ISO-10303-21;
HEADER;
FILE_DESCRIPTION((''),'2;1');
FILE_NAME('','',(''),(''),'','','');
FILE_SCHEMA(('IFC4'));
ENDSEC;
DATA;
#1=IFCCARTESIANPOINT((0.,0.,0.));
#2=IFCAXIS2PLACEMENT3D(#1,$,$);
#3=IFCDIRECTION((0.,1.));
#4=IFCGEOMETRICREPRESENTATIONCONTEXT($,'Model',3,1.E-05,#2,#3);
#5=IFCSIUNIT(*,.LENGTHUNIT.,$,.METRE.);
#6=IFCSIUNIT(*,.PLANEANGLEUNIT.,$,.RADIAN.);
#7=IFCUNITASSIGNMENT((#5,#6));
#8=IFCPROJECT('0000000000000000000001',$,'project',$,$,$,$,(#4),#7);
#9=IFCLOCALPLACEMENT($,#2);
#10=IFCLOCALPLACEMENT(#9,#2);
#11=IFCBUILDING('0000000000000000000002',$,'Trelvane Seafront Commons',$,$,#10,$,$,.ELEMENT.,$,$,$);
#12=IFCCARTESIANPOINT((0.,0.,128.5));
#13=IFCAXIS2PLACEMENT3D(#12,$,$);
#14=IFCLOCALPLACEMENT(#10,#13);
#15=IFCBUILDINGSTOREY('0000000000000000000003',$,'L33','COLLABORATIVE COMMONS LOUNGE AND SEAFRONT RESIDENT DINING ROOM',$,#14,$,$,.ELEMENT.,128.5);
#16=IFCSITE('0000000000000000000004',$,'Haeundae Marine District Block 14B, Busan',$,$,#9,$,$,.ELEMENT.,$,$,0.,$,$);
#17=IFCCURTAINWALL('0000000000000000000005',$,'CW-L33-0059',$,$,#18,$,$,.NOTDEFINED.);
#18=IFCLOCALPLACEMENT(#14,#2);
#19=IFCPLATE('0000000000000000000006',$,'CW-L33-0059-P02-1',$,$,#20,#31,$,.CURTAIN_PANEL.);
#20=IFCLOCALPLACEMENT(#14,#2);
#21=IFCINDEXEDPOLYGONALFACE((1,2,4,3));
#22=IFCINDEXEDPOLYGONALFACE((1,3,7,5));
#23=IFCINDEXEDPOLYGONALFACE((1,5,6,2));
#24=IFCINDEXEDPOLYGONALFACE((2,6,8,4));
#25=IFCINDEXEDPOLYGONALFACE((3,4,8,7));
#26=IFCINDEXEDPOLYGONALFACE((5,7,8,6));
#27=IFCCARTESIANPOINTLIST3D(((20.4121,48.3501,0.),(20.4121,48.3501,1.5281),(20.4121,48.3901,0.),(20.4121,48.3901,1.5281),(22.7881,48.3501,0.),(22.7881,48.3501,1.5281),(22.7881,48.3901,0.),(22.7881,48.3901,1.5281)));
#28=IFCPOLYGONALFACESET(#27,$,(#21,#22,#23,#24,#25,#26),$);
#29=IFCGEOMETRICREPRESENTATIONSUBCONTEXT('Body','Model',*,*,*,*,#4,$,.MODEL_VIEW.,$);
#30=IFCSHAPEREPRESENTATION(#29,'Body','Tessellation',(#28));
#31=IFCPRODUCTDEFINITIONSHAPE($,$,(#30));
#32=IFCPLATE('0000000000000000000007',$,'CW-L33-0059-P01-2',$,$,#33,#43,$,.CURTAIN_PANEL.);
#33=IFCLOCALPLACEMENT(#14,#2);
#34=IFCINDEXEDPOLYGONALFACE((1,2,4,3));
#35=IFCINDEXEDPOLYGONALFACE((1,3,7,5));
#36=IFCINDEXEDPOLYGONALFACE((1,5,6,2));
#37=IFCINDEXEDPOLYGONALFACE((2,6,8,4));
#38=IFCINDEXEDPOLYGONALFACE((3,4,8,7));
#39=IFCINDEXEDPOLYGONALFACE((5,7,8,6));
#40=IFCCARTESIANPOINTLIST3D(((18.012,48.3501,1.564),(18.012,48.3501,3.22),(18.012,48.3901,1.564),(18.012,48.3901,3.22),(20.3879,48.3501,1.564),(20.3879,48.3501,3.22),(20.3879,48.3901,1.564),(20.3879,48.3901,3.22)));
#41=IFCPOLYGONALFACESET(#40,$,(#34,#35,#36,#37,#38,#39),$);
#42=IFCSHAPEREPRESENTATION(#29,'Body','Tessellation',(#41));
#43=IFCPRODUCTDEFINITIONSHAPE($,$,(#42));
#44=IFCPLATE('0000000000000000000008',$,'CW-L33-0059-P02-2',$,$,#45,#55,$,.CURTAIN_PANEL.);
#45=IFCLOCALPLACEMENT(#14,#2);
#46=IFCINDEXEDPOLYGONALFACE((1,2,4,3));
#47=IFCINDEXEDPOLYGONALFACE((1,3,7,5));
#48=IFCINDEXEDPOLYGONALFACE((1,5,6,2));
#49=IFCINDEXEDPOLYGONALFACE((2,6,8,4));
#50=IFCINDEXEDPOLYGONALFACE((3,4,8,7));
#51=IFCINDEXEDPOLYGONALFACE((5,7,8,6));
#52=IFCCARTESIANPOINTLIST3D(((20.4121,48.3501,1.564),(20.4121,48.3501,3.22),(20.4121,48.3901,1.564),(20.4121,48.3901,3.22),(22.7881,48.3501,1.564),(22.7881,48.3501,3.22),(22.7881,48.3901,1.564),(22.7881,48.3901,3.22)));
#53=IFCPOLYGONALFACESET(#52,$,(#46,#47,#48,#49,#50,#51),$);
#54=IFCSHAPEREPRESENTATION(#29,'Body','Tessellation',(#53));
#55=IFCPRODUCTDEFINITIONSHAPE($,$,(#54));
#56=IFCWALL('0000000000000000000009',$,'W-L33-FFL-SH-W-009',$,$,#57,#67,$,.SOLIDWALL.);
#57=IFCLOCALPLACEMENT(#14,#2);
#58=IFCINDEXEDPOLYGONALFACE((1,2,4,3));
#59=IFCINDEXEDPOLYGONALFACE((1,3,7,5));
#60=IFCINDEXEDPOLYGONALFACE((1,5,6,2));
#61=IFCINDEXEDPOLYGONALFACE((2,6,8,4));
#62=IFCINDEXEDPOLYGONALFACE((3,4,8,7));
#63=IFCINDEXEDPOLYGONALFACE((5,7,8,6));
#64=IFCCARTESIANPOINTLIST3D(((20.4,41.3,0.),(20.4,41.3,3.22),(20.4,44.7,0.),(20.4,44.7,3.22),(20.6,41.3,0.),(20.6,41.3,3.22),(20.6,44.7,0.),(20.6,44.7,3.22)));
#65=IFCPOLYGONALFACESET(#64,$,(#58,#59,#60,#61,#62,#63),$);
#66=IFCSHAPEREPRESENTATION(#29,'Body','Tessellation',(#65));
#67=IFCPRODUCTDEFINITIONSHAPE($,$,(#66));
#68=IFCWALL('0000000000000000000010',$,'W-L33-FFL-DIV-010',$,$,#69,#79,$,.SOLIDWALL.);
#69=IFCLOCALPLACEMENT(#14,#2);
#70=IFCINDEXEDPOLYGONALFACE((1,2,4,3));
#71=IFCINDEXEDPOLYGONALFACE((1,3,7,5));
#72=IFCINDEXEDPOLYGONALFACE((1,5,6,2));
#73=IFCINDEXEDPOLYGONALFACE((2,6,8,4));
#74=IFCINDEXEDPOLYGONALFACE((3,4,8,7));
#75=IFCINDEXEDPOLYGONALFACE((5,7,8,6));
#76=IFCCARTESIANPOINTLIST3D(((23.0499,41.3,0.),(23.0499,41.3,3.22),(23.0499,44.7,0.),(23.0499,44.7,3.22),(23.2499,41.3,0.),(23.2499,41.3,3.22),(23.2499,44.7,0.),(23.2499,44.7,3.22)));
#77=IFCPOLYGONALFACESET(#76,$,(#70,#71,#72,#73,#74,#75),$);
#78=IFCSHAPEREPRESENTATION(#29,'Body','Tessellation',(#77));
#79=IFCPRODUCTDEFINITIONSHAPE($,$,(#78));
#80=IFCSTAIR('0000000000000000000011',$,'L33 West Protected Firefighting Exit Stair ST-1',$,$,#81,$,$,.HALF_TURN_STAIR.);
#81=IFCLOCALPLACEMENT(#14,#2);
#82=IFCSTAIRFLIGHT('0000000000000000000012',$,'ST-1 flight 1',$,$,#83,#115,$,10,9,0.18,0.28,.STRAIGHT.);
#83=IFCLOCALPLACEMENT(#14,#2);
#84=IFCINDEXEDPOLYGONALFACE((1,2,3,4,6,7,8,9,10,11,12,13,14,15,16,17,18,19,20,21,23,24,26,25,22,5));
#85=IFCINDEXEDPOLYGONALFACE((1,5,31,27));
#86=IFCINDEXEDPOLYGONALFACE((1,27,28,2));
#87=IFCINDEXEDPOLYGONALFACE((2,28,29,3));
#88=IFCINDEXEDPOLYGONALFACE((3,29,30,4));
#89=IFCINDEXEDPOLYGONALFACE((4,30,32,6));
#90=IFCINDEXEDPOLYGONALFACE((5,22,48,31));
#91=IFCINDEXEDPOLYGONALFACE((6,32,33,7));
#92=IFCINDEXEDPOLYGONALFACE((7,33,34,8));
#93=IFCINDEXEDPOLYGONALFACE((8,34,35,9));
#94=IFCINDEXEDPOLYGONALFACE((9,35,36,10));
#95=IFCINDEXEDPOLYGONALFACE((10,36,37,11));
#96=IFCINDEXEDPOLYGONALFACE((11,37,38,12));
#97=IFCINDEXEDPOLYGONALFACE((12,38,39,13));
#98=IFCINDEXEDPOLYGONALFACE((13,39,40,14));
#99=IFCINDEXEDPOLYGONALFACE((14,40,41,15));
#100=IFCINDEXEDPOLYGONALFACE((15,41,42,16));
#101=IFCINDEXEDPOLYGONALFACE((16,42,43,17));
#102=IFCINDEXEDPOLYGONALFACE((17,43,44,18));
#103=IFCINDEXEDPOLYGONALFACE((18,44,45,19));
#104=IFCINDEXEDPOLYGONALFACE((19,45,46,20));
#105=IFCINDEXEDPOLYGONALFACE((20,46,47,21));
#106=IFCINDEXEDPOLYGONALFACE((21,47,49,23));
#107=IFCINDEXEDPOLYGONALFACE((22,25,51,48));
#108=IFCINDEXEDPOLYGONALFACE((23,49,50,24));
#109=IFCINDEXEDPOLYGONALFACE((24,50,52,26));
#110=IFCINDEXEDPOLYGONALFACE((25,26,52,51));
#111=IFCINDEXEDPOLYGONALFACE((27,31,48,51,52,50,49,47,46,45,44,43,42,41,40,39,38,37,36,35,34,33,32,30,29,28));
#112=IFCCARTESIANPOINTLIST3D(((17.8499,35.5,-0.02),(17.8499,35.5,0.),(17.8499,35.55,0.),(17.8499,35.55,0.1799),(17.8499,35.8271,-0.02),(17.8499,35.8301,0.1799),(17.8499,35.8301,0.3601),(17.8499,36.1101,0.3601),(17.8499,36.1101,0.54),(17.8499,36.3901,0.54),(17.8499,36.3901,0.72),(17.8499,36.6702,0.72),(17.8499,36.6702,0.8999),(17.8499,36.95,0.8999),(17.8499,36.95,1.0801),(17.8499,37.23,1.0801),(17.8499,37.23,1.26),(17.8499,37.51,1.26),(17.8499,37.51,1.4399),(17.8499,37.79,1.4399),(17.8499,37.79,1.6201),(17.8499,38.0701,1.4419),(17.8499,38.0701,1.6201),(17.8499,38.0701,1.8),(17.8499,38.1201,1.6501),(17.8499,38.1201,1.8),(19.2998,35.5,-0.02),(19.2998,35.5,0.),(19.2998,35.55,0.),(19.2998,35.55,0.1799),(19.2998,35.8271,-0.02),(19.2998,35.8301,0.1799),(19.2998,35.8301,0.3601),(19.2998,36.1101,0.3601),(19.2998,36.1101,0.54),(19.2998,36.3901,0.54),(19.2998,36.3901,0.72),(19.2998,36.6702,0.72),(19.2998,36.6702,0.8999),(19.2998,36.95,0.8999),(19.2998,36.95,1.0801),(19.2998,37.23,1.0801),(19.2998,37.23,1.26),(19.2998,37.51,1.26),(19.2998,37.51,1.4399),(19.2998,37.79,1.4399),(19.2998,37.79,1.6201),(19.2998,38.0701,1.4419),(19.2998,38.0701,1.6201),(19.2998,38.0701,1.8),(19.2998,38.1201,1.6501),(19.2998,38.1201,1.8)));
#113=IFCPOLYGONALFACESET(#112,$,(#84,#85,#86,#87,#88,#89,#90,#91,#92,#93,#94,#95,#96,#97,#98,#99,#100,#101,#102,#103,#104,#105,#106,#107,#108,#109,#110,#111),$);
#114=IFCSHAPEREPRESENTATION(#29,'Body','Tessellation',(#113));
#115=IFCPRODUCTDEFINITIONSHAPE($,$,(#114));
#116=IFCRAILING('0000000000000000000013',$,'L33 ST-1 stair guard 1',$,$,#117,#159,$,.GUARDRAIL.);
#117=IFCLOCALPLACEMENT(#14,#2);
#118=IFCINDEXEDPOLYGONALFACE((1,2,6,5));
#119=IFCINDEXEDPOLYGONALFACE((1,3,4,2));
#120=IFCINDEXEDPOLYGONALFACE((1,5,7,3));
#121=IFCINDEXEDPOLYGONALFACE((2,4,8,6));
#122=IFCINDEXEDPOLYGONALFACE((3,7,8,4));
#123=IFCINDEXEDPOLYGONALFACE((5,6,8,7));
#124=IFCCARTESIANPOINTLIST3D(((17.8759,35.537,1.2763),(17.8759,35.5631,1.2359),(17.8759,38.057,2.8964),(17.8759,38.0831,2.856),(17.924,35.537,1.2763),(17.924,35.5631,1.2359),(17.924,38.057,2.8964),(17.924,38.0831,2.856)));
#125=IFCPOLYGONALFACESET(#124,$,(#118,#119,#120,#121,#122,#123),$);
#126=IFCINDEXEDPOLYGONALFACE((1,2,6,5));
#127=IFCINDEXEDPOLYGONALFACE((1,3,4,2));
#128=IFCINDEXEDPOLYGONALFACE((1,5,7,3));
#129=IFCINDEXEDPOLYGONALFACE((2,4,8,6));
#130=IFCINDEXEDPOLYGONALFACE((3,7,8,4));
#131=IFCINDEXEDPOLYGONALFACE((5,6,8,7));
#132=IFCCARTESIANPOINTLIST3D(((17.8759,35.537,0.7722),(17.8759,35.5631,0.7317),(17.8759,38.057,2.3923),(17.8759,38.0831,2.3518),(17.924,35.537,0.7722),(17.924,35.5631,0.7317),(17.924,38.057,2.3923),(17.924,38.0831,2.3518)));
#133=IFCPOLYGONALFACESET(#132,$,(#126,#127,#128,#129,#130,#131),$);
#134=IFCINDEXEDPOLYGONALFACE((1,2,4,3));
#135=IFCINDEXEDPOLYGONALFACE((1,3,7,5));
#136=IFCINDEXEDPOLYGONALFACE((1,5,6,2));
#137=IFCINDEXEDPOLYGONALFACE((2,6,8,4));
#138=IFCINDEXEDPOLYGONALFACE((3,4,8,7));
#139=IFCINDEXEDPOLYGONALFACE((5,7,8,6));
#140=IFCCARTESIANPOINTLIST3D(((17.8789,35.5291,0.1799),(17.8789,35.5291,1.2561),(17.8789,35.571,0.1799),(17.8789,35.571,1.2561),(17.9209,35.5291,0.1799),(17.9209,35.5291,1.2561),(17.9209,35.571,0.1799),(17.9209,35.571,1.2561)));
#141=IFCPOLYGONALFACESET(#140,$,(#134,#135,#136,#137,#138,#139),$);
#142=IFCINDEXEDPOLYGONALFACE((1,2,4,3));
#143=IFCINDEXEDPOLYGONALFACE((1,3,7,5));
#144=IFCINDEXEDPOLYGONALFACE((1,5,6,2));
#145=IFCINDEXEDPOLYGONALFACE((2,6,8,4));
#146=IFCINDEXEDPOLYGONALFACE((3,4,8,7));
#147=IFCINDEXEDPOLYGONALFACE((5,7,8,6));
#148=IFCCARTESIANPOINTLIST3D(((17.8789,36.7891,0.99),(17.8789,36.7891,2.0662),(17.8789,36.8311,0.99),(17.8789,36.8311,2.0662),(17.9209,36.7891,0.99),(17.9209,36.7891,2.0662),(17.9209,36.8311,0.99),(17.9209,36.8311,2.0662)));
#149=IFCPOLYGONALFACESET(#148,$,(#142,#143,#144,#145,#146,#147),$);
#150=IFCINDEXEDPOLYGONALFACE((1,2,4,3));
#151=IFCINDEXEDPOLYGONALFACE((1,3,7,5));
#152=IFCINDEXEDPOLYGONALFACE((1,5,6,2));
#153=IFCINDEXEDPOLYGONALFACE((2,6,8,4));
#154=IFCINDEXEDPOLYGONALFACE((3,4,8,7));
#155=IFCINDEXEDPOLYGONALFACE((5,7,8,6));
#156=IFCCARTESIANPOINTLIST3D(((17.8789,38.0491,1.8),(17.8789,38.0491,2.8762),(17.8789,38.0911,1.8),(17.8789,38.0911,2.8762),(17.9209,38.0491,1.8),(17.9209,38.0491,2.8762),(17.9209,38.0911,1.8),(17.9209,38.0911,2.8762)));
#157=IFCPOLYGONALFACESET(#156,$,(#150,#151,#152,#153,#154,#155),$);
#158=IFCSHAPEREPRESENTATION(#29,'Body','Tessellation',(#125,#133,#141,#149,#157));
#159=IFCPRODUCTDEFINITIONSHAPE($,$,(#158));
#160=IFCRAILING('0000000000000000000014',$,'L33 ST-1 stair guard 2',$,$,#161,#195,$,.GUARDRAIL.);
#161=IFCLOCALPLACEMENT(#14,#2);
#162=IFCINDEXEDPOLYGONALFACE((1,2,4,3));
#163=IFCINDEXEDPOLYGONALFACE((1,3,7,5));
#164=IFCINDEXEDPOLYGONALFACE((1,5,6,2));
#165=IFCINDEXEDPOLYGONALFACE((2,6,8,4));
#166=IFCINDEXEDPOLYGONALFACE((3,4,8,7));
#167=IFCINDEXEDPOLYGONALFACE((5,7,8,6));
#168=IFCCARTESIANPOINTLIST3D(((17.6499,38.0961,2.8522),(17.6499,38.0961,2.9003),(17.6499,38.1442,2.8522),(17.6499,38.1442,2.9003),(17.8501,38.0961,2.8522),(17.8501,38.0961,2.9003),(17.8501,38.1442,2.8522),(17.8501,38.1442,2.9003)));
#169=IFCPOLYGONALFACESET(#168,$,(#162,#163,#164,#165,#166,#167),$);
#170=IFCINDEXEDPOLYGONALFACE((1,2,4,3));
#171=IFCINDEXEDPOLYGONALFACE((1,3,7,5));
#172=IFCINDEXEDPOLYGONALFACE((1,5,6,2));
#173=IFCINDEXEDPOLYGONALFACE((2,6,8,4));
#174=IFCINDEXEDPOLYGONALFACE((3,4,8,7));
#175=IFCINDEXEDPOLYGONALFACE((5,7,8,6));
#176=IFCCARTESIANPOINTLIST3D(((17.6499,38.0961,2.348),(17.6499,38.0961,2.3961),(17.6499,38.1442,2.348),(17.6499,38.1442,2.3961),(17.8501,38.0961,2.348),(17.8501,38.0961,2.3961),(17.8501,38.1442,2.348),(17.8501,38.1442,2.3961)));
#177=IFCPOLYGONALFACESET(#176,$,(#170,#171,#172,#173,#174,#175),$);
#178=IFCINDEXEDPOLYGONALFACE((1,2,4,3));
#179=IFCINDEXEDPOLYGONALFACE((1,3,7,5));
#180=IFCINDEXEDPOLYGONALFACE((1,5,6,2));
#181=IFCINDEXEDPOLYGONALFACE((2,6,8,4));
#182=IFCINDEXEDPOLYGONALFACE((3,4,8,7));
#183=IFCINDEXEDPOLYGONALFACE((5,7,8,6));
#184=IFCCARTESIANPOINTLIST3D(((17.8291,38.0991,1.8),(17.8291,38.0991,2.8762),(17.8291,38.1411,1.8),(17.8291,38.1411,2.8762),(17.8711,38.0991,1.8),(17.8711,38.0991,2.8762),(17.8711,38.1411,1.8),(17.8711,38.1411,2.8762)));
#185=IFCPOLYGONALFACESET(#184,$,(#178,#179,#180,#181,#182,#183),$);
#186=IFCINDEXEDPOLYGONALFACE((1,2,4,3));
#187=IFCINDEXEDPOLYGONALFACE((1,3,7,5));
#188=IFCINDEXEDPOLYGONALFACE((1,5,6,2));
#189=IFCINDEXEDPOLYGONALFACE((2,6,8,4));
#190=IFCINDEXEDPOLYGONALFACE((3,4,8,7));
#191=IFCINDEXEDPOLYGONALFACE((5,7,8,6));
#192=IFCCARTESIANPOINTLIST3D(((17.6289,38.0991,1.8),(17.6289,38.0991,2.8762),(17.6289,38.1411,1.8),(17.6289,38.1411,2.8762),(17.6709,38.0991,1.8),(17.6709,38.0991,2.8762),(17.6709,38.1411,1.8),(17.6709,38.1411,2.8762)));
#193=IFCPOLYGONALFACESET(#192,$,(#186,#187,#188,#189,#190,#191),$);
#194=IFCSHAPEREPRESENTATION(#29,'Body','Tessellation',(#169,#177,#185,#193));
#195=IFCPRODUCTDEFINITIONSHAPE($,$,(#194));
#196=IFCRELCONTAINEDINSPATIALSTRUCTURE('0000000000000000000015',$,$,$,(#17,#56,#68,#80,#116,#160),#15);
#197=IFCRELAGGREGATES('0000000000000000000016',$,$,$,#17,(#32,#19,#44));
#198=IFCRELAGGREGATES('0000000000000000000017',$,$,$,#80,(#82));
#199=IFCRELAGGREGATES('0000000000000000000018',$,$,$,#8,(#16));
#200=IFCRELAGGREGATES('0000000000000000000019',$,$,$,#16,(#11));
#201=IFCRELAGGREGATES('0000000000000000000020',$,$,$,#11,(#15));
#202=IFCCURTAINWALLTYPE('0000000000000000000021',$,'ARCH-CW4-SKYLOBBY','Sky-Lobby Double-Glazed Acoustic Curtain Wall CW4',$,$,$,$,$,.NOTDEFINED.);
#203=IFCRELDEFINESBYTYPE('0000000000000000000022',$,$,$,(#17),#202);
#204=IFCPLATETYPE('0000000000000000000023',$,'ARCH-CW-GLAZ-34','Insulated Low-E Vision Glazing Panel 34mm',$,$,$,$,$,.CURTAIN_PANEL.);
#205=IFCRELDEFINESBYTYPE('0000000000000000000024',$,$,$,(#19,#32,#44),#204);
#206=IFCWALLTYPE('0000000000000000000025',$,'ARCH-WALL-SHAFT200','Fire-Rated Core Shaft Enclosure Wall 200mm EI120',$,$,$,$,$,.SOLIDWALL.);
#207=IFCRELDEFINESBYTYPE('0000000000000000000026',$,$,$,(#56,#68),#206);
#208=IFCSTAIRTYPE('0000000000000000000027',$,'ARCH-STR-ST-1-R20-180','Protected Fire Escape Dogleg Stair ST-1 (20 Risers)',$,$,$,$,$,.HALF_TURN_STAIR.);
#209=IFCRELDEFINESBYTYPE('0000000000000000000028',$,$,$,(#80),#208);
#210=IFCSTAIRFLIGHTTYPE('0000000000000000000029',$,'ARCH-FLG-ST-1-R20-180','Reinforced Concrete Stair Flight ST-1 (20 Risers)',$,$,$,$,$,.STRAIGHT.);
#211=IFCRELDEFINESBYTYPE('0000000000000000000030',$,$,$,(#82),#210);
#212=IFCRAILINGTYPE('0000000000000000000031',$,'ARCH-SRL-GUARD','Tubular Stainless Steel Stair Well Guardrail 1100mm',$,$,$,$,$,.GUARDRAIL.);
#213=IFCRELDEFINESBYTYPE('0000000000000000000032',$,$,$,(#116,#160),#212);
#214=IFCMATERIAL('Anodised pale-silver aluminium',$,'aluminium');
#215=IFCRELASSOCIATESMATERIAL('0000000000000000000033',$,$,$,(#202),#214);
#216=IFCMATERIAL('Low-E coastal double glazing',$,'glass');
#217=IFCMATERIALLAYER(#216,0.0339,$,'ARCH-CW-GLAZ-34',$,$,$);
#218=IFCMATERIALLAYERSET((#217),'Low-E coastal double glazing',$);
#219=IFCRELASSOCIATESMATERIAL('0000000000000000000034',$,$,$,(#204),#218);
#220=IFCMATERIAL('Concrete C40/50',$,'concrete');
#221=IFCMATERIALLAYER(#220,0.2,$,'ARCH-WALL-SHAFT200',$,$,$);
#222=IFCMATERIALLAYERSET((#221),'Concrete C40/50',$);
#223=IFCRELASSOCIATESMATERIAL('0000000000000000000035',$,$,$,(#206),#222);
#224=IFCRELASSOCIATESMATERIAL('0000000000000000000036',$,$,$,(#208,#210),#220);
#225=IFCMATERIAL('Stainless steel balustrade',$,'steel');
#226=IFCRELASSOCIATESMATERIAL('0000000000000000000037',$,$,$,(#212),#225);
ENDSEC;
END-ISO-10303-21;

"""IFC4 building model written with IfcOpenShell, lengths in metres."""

from ifc_helpers import new_model, si_unit, direction, frame, frame_2d, origin, origin_2d, place, context, subcontext, project, spatial, polyline, rectangle, outline, extrude, source, transform, mapped, material, layer, layer_set, type_object, element, aggregate, save


model = new_model("IFC4")

# Units and contexts
model_context = context("Model", 3, precision=1e-05, world=origin(), true_north=direction((0.0, 1.0)))
body_context = subcontext(model_context, "Body", "Model", "MODEL_VIEW")
ifc_project = project(units=[si_unit("LENGTHUNIT", "METRE"), si_unit("PLANEANGLEUNIT", "RADIAN")], contexts=[model_context])

# Site, building, storey
site_placement = place(None, origin())
site = spatial("IfcSite", under=ifc_project, at=site_placement, Name="Haeundae Marine District Block 14B, Busan", CompositionType="ELEMENT", RefElevation=0.0)
building_placement = place(site_placement, origin())
building = spatial("IfcBuilding", under=site, at=building_placement, Name="Trelvane Seafront Commons", CompositionType="ELEMENT")
storey_placement = place(building_placement, frame((0.0, 0.0, 128.5)))
storey = spatial("IfcBuildingStorey", under=building, at=storey_placement, Name="L33", Description="COLLABORATIVE COMMONS LOUNGE AND SEAFRONT RESIDENT DINING ROOM", CompositionType="ELEMENT", Elevation=128.5)

# Curtain wall
ifc_material_1 = material(Name="Anodised pale-silver aluminium", Category="aluminium")
curtain_wall_type = type_object("IfcCurtainWallType", Name="ARCH-CW4-SKYLOBBY", Description="Sky-Lobby Double-Glazed Acoustic Curtain Wall CW4", PredefinedType="NOTDEFINED", material=ifc_material_1)
curtain_wall_placement = place(storey_placement, origin())
curtain_wall = element("IfcCurtainWall", 1, at=curtain_wall_placement, inside=storey, type_object=curtain_wall_type, Name="CW-L33-0059", PredefinedType="NOTDEFINED")

# Plates
ifc_material_2 = material(Name="Low-E coastal double glazing", Category="glass")
ifc_layer_1 = layer(ifc_material_2, 0.0339, Name="ARCH-CW-GLAZ-34")
ifc_layer_set_1 = layer_set([ifc_layer_1], Name="Low-E coastal double glazing")
plate_type_1 = type_object("IfcPlateType", Name="ARCH-CW-GLAZ-34", Description="Insulated Low-E Vision Glazing Panel 34mm", PredefinedType="CURTAIN_PANEL", material=ifc_layer_set_1)
shared_shape_1 = source(origin(), body_context, "Body", "SweptSolid", [
    extrude(rectangle(XDim=2.376, YDim=0.04, at=origin_2d()), origin(), (0.0, 0.0, 1.0), 1.5281),
])
plate_1_placement = place(storey_placement, frame((21.6001, 48.3701, 0.0), z_axis=(0.0, 0.0, 1.0), x_axis=(1.0, 0.0, 0.0)))
plate_1 = element("IfcPlate", 2, at=plate_1_placement, type_object=plate_type_1, Name="CW-L33-0059-P02-1", PredefinedType="CURTAIN_PANEL", context=body_context, shape_type="MappedRepresentation", body=[
    mapped(shared_shape_1, transform((0.0, 0.0, 0.0), x_axis=(1.0, 0.0, 0.0), y_axis=(0.0, 1.0, 0.0), z_axis=(0.0, 0.0, 1.0), scale=1.0)),
])
shared_shape_2 = source(origin(), body_context, "Body", "SweptSolid", [
    extrude(rectangle(XDim=2.376, YDim=0.04, at=origin_2d()), origin(), (0.0, 0.0, 1.0), 1.656),
])
plate_2_placement = place(storey_placement, frame((19.2, 48.3701, 1.564), z_axis=(0.0, 0.0, 1.0), x_axis=(1.0, 0.0, 0.0)))
plate_2 = element("IfcPlate", 3, at=plate_2_placement, type_object=plate_type_1, Name="CW-L33-0059-P01-2", PredefinedType="CURTAIN_PANEL", context=body_context, shape_type="MappedRepresentation", body=[
    mapped(shared_shape_2, transform((0.0, 0.0, 0.0), x_axis=(1.0, 0.0, 0.0), y_axis=(0.0, 1.0, 0.0), z_axis=(0.0, 0.0, 1.0), scale=1.0)),
])
plate_3_placement = place(storey_placement, frame((21.6001, 48.3701, 1.564), z_axis=(0.0, 0.0, 1.0), x_axis=(1.0, 0.0, 0.0)))
plate_3 = element("IfcPlate", 4, at=plate_3_placement, type_object=plate_type_1, Name="CW-L33-0059-P02-2", PredefinedType="CURTAIN_PANEL", context=body_context, shape_type="MappedRepresentation", body=[
    mapped(shared_shape_2, transform((0.0, 0.0, 0.0), x_axis=(1.0, 0.0, 0.0), y_axis=(0.0, 1.0, 0.0), z_axis=(0.0, 0.0, 1.0), scale=1.0)),
])
aggregate(curtain_wall, [plate_2, plate_1, plate_3])

# Shared definitions
ifc_material_3 = material(Name="Concrete C40/50", Category="concrete")
ifc_layer_2 = layer(ifc_material_3, 0.2, Name="ARCH-WALL-SHAFT200")
ifc_layer_set_2 = layer_set([ifc_layer_2], Name="Concrete C40/50")
wall_type = type_object("IfcWallType", Name="ARCH-WALL-SHAFT200", Description="Fire-Rated Core Shaft Enclosure Wall 200mm EI120", PredefinedType="SOLIDWALL", material=ifc_layer_set_2)
ifc_material_4 = material(Name="Stainless steel balustrade", Category="steel")

# Walls
for number, where, z_axis, x_axis, name in (
    (5, (20.5, 41.3, 0.0), (0.0, 0.0, 1.0), (0.0, 1.0, 0.0), "W-L33-FFL-SH-W-009"),
    (6, (23.1499, 41.3, 0.0), (0.0, 0.0, 1.0), (0.0, 1.0, 0.0), "W-L33-FFL-DIV-010"),
):
    element("IfcWall", number, at=place(storey_placement, frame(where, z_axis=z_axis, x_axis=x_axis)), inside=storey, type_object=wall_type, Name=name, PredefinedType="SOLIDWALL", context=body_context, shape_type="SweptSolid", body=[
        extrude(rectangle(XDim=3.3999, YDim=0.2, at=frame_2d((1.7, 0.0))), origin(), (0.0, 0.0, 1.0), 3.22),
    ])

# Stair, stair flight
stair_type = type_object("IfcStairType", Name="ARCH-STR-ST-1-R20-180", Description="Protected Fire Escape Dogleg Stair ST-1 (20 Risers)", PredefinedType="HALF_TURN_STAIR", material=ifc_material_3)
stair_placement = place(storey_placement, origin())
stair = element("IfcStair", 7, at=stair_placement, inside=storey, type_object=stair_type, Name="L33 West Protected Firefighting Exit Stair ST-1", PredefinedType="HALF_TURN_STAIR")
stair_flight_type = type_object("IfcStairFlightType", Name="ARCH-FLG-ST-1-R20-180", Description="Reinforced Concrete Stair Flight ST-1 (20 Risers)", PredefinedType="STRAIGHT", material=ifc_material_3)
shared_shape_3 = source(origin(), body_context, "Body", "SweptSolid", [
    extrude(outline(polyline([(-0.05, -0.02), (-0.05, 0.0), (0.0, 0.0), (0.0, 0.1799), (0.28, 0.1799), (0.28, 0.3601), (0.5601, 0.3601), (0.5601, 0.54), (0.8401, 0.54), (0.8401, 0.72), (1.1201, 0.72), (1.1201, 0.8999), (1.3999, 0.8999), (1.3999, 1.0801), (1.6799, 1.0801), (1.6799, 1.26), (1.96, 1.26), (1.96, 1.4399), (2.24, 1.4399), (2.24, 1.6201), (2.52, 1.6201), (2.52, 1.8), (2.5701, 1.8), (2.5701, 1.6501), (2.52, 1.4419), (0.2771, -0.02), (-0.05, -0.02)])), frame((0.0, 0.7251, 0.0), z_axis=(0.0, -1.0, 0.0), x_axis=(1.0, 0.0, 0.0)), (0.0, 0.0, 1.0), 1.45),
])
stair_flight_placement = place(storey_placement, frame((18.575, 35.55, 0.0), z_axis=(0.0, 0.0, 1.0), x_axis=(0.0, 1.0, 0.0)))
stair_flight = element("IfcStairFlight", 8, at=stair_flight_placement, type_object=stair_flight_type, Name="ST-1 flight 1", NumberOfRisers=10, NumberOfTreads=9, PredefinedType="STRAIGHT", RiserHeight=0.18, TreadLength=0.28, context=body_context, shape_type="MappedRepresentation", body=[
    mapped(shared_shape_3, transform((0.0, 0.0, 0.0), x_axis=(1.0, 0.0, 0.0), y_axis=(0.0, 1.0, 0.0), z_axis=(0.0, 0.0, 1.0), scale=1.0)),
])
aggregate(stair, [stair_flight])

# Railings
railing_type_1 = type_object("IfcRailingType", Name="ARCH-SRL-GUARD", Description="Tubular Stainless Steel Stair Well Guardrail 1100mm", PredefinedType="GUARDRAIL", material=ifc_material_4)
railing_1_placement = place(storey_placement, frame((17.8999, 35.55, 0.1799)))
element("IfcRailing", 9, at=railing_1_placement, inside=storey, type_object=railing_type_1, Name="L33 ST-1 stair guard 1", PredefinedType="GUARDRAIL", context=body_context, shape_type="SweptSolid", body=[
    extrude(rectangle(XDim=0.0481, YDim=0.0481, at=origin_2d()), frame((0.0, 0.0, 1.0762), z_axis=(0.0, 0.841163, 0.540782), x_axis=(-1.0, 0.0, 0.0)), (0.0, 0.0, 1.0), 2.9958),
    extrude(rectangle(XDim=0.0481, YDim=0.0481, at=origin_2d()), frame((0.0, 0.0, 0.572), z_axis=(0.0, 0.841163, 0.540782), x_axis=(-1.0, 0.0, 0.0)), (0.0, 0.0, 1.0), 2.9958),
    extrude(rectangle(XDim=0.042, YDim=0.042, at=origin_2d()), origin(), (0.0, 0.0, 1.0), 1.0762),
    extrude(rectangle(XDim=0.042, YDim=0.042, at=origin_2d()), frame((0.0, 1.26, 0.8101)), (0.0, 0.0, 1.0), 1.0762),
    extrude(rectangle(XDim=0.042, YDim=0.042, at=origin_2d()), frame((0.0, 2.52, 1.6201)), (0.0, 0.0, 1.0), 1.0762),
])
railing_2_placement = place(storey_placement, frame((17.8501, 38.1201, 1.8)))
element("IfcRailing", 10, at=railing_2_placement, inside=storey, type_object=railing_type_1, Name="L33 ST-1 stair guard 2", PredefinedType="GUARDRAIL", context=body_context, shape_type="SweptSolid", body=[
    extrude(rectangle(XDim=0.0481, YDim=0.0481, at=origin_2d()), frame((0.0, 0.0, 1.0762), z_axis=(-1.0, 0.0, 0.0), x_axis=(0.0, -1.0, 0.0)), (0.0, 0.0, 1.0), 0.2002),
    extrude(rectangle(XDim=0.0481, YDim=0.0481, at=origin_2d()), frame((0.0, 0.0, 0.572), z_axis=(-1.0, 0.0, 0.0), x_axis=(0.0, -1.0, 0.0)), (0.0, 0.0, 1.0), 0.2002),
    extrude(rectangle(XDim=0.042, YDim=0.042, at=origin_2d()), origin(), (0.0, 0.0, 1.0), 1.0762),
    extrude(rectangle(XDim=0.042, YDim=0.042, at=origin_2d()), frame((-0.2002, 0.0, 0.0)), (0.0, 0.0, 1.0), 1.0762),
])

save(model, "model.ifc")
